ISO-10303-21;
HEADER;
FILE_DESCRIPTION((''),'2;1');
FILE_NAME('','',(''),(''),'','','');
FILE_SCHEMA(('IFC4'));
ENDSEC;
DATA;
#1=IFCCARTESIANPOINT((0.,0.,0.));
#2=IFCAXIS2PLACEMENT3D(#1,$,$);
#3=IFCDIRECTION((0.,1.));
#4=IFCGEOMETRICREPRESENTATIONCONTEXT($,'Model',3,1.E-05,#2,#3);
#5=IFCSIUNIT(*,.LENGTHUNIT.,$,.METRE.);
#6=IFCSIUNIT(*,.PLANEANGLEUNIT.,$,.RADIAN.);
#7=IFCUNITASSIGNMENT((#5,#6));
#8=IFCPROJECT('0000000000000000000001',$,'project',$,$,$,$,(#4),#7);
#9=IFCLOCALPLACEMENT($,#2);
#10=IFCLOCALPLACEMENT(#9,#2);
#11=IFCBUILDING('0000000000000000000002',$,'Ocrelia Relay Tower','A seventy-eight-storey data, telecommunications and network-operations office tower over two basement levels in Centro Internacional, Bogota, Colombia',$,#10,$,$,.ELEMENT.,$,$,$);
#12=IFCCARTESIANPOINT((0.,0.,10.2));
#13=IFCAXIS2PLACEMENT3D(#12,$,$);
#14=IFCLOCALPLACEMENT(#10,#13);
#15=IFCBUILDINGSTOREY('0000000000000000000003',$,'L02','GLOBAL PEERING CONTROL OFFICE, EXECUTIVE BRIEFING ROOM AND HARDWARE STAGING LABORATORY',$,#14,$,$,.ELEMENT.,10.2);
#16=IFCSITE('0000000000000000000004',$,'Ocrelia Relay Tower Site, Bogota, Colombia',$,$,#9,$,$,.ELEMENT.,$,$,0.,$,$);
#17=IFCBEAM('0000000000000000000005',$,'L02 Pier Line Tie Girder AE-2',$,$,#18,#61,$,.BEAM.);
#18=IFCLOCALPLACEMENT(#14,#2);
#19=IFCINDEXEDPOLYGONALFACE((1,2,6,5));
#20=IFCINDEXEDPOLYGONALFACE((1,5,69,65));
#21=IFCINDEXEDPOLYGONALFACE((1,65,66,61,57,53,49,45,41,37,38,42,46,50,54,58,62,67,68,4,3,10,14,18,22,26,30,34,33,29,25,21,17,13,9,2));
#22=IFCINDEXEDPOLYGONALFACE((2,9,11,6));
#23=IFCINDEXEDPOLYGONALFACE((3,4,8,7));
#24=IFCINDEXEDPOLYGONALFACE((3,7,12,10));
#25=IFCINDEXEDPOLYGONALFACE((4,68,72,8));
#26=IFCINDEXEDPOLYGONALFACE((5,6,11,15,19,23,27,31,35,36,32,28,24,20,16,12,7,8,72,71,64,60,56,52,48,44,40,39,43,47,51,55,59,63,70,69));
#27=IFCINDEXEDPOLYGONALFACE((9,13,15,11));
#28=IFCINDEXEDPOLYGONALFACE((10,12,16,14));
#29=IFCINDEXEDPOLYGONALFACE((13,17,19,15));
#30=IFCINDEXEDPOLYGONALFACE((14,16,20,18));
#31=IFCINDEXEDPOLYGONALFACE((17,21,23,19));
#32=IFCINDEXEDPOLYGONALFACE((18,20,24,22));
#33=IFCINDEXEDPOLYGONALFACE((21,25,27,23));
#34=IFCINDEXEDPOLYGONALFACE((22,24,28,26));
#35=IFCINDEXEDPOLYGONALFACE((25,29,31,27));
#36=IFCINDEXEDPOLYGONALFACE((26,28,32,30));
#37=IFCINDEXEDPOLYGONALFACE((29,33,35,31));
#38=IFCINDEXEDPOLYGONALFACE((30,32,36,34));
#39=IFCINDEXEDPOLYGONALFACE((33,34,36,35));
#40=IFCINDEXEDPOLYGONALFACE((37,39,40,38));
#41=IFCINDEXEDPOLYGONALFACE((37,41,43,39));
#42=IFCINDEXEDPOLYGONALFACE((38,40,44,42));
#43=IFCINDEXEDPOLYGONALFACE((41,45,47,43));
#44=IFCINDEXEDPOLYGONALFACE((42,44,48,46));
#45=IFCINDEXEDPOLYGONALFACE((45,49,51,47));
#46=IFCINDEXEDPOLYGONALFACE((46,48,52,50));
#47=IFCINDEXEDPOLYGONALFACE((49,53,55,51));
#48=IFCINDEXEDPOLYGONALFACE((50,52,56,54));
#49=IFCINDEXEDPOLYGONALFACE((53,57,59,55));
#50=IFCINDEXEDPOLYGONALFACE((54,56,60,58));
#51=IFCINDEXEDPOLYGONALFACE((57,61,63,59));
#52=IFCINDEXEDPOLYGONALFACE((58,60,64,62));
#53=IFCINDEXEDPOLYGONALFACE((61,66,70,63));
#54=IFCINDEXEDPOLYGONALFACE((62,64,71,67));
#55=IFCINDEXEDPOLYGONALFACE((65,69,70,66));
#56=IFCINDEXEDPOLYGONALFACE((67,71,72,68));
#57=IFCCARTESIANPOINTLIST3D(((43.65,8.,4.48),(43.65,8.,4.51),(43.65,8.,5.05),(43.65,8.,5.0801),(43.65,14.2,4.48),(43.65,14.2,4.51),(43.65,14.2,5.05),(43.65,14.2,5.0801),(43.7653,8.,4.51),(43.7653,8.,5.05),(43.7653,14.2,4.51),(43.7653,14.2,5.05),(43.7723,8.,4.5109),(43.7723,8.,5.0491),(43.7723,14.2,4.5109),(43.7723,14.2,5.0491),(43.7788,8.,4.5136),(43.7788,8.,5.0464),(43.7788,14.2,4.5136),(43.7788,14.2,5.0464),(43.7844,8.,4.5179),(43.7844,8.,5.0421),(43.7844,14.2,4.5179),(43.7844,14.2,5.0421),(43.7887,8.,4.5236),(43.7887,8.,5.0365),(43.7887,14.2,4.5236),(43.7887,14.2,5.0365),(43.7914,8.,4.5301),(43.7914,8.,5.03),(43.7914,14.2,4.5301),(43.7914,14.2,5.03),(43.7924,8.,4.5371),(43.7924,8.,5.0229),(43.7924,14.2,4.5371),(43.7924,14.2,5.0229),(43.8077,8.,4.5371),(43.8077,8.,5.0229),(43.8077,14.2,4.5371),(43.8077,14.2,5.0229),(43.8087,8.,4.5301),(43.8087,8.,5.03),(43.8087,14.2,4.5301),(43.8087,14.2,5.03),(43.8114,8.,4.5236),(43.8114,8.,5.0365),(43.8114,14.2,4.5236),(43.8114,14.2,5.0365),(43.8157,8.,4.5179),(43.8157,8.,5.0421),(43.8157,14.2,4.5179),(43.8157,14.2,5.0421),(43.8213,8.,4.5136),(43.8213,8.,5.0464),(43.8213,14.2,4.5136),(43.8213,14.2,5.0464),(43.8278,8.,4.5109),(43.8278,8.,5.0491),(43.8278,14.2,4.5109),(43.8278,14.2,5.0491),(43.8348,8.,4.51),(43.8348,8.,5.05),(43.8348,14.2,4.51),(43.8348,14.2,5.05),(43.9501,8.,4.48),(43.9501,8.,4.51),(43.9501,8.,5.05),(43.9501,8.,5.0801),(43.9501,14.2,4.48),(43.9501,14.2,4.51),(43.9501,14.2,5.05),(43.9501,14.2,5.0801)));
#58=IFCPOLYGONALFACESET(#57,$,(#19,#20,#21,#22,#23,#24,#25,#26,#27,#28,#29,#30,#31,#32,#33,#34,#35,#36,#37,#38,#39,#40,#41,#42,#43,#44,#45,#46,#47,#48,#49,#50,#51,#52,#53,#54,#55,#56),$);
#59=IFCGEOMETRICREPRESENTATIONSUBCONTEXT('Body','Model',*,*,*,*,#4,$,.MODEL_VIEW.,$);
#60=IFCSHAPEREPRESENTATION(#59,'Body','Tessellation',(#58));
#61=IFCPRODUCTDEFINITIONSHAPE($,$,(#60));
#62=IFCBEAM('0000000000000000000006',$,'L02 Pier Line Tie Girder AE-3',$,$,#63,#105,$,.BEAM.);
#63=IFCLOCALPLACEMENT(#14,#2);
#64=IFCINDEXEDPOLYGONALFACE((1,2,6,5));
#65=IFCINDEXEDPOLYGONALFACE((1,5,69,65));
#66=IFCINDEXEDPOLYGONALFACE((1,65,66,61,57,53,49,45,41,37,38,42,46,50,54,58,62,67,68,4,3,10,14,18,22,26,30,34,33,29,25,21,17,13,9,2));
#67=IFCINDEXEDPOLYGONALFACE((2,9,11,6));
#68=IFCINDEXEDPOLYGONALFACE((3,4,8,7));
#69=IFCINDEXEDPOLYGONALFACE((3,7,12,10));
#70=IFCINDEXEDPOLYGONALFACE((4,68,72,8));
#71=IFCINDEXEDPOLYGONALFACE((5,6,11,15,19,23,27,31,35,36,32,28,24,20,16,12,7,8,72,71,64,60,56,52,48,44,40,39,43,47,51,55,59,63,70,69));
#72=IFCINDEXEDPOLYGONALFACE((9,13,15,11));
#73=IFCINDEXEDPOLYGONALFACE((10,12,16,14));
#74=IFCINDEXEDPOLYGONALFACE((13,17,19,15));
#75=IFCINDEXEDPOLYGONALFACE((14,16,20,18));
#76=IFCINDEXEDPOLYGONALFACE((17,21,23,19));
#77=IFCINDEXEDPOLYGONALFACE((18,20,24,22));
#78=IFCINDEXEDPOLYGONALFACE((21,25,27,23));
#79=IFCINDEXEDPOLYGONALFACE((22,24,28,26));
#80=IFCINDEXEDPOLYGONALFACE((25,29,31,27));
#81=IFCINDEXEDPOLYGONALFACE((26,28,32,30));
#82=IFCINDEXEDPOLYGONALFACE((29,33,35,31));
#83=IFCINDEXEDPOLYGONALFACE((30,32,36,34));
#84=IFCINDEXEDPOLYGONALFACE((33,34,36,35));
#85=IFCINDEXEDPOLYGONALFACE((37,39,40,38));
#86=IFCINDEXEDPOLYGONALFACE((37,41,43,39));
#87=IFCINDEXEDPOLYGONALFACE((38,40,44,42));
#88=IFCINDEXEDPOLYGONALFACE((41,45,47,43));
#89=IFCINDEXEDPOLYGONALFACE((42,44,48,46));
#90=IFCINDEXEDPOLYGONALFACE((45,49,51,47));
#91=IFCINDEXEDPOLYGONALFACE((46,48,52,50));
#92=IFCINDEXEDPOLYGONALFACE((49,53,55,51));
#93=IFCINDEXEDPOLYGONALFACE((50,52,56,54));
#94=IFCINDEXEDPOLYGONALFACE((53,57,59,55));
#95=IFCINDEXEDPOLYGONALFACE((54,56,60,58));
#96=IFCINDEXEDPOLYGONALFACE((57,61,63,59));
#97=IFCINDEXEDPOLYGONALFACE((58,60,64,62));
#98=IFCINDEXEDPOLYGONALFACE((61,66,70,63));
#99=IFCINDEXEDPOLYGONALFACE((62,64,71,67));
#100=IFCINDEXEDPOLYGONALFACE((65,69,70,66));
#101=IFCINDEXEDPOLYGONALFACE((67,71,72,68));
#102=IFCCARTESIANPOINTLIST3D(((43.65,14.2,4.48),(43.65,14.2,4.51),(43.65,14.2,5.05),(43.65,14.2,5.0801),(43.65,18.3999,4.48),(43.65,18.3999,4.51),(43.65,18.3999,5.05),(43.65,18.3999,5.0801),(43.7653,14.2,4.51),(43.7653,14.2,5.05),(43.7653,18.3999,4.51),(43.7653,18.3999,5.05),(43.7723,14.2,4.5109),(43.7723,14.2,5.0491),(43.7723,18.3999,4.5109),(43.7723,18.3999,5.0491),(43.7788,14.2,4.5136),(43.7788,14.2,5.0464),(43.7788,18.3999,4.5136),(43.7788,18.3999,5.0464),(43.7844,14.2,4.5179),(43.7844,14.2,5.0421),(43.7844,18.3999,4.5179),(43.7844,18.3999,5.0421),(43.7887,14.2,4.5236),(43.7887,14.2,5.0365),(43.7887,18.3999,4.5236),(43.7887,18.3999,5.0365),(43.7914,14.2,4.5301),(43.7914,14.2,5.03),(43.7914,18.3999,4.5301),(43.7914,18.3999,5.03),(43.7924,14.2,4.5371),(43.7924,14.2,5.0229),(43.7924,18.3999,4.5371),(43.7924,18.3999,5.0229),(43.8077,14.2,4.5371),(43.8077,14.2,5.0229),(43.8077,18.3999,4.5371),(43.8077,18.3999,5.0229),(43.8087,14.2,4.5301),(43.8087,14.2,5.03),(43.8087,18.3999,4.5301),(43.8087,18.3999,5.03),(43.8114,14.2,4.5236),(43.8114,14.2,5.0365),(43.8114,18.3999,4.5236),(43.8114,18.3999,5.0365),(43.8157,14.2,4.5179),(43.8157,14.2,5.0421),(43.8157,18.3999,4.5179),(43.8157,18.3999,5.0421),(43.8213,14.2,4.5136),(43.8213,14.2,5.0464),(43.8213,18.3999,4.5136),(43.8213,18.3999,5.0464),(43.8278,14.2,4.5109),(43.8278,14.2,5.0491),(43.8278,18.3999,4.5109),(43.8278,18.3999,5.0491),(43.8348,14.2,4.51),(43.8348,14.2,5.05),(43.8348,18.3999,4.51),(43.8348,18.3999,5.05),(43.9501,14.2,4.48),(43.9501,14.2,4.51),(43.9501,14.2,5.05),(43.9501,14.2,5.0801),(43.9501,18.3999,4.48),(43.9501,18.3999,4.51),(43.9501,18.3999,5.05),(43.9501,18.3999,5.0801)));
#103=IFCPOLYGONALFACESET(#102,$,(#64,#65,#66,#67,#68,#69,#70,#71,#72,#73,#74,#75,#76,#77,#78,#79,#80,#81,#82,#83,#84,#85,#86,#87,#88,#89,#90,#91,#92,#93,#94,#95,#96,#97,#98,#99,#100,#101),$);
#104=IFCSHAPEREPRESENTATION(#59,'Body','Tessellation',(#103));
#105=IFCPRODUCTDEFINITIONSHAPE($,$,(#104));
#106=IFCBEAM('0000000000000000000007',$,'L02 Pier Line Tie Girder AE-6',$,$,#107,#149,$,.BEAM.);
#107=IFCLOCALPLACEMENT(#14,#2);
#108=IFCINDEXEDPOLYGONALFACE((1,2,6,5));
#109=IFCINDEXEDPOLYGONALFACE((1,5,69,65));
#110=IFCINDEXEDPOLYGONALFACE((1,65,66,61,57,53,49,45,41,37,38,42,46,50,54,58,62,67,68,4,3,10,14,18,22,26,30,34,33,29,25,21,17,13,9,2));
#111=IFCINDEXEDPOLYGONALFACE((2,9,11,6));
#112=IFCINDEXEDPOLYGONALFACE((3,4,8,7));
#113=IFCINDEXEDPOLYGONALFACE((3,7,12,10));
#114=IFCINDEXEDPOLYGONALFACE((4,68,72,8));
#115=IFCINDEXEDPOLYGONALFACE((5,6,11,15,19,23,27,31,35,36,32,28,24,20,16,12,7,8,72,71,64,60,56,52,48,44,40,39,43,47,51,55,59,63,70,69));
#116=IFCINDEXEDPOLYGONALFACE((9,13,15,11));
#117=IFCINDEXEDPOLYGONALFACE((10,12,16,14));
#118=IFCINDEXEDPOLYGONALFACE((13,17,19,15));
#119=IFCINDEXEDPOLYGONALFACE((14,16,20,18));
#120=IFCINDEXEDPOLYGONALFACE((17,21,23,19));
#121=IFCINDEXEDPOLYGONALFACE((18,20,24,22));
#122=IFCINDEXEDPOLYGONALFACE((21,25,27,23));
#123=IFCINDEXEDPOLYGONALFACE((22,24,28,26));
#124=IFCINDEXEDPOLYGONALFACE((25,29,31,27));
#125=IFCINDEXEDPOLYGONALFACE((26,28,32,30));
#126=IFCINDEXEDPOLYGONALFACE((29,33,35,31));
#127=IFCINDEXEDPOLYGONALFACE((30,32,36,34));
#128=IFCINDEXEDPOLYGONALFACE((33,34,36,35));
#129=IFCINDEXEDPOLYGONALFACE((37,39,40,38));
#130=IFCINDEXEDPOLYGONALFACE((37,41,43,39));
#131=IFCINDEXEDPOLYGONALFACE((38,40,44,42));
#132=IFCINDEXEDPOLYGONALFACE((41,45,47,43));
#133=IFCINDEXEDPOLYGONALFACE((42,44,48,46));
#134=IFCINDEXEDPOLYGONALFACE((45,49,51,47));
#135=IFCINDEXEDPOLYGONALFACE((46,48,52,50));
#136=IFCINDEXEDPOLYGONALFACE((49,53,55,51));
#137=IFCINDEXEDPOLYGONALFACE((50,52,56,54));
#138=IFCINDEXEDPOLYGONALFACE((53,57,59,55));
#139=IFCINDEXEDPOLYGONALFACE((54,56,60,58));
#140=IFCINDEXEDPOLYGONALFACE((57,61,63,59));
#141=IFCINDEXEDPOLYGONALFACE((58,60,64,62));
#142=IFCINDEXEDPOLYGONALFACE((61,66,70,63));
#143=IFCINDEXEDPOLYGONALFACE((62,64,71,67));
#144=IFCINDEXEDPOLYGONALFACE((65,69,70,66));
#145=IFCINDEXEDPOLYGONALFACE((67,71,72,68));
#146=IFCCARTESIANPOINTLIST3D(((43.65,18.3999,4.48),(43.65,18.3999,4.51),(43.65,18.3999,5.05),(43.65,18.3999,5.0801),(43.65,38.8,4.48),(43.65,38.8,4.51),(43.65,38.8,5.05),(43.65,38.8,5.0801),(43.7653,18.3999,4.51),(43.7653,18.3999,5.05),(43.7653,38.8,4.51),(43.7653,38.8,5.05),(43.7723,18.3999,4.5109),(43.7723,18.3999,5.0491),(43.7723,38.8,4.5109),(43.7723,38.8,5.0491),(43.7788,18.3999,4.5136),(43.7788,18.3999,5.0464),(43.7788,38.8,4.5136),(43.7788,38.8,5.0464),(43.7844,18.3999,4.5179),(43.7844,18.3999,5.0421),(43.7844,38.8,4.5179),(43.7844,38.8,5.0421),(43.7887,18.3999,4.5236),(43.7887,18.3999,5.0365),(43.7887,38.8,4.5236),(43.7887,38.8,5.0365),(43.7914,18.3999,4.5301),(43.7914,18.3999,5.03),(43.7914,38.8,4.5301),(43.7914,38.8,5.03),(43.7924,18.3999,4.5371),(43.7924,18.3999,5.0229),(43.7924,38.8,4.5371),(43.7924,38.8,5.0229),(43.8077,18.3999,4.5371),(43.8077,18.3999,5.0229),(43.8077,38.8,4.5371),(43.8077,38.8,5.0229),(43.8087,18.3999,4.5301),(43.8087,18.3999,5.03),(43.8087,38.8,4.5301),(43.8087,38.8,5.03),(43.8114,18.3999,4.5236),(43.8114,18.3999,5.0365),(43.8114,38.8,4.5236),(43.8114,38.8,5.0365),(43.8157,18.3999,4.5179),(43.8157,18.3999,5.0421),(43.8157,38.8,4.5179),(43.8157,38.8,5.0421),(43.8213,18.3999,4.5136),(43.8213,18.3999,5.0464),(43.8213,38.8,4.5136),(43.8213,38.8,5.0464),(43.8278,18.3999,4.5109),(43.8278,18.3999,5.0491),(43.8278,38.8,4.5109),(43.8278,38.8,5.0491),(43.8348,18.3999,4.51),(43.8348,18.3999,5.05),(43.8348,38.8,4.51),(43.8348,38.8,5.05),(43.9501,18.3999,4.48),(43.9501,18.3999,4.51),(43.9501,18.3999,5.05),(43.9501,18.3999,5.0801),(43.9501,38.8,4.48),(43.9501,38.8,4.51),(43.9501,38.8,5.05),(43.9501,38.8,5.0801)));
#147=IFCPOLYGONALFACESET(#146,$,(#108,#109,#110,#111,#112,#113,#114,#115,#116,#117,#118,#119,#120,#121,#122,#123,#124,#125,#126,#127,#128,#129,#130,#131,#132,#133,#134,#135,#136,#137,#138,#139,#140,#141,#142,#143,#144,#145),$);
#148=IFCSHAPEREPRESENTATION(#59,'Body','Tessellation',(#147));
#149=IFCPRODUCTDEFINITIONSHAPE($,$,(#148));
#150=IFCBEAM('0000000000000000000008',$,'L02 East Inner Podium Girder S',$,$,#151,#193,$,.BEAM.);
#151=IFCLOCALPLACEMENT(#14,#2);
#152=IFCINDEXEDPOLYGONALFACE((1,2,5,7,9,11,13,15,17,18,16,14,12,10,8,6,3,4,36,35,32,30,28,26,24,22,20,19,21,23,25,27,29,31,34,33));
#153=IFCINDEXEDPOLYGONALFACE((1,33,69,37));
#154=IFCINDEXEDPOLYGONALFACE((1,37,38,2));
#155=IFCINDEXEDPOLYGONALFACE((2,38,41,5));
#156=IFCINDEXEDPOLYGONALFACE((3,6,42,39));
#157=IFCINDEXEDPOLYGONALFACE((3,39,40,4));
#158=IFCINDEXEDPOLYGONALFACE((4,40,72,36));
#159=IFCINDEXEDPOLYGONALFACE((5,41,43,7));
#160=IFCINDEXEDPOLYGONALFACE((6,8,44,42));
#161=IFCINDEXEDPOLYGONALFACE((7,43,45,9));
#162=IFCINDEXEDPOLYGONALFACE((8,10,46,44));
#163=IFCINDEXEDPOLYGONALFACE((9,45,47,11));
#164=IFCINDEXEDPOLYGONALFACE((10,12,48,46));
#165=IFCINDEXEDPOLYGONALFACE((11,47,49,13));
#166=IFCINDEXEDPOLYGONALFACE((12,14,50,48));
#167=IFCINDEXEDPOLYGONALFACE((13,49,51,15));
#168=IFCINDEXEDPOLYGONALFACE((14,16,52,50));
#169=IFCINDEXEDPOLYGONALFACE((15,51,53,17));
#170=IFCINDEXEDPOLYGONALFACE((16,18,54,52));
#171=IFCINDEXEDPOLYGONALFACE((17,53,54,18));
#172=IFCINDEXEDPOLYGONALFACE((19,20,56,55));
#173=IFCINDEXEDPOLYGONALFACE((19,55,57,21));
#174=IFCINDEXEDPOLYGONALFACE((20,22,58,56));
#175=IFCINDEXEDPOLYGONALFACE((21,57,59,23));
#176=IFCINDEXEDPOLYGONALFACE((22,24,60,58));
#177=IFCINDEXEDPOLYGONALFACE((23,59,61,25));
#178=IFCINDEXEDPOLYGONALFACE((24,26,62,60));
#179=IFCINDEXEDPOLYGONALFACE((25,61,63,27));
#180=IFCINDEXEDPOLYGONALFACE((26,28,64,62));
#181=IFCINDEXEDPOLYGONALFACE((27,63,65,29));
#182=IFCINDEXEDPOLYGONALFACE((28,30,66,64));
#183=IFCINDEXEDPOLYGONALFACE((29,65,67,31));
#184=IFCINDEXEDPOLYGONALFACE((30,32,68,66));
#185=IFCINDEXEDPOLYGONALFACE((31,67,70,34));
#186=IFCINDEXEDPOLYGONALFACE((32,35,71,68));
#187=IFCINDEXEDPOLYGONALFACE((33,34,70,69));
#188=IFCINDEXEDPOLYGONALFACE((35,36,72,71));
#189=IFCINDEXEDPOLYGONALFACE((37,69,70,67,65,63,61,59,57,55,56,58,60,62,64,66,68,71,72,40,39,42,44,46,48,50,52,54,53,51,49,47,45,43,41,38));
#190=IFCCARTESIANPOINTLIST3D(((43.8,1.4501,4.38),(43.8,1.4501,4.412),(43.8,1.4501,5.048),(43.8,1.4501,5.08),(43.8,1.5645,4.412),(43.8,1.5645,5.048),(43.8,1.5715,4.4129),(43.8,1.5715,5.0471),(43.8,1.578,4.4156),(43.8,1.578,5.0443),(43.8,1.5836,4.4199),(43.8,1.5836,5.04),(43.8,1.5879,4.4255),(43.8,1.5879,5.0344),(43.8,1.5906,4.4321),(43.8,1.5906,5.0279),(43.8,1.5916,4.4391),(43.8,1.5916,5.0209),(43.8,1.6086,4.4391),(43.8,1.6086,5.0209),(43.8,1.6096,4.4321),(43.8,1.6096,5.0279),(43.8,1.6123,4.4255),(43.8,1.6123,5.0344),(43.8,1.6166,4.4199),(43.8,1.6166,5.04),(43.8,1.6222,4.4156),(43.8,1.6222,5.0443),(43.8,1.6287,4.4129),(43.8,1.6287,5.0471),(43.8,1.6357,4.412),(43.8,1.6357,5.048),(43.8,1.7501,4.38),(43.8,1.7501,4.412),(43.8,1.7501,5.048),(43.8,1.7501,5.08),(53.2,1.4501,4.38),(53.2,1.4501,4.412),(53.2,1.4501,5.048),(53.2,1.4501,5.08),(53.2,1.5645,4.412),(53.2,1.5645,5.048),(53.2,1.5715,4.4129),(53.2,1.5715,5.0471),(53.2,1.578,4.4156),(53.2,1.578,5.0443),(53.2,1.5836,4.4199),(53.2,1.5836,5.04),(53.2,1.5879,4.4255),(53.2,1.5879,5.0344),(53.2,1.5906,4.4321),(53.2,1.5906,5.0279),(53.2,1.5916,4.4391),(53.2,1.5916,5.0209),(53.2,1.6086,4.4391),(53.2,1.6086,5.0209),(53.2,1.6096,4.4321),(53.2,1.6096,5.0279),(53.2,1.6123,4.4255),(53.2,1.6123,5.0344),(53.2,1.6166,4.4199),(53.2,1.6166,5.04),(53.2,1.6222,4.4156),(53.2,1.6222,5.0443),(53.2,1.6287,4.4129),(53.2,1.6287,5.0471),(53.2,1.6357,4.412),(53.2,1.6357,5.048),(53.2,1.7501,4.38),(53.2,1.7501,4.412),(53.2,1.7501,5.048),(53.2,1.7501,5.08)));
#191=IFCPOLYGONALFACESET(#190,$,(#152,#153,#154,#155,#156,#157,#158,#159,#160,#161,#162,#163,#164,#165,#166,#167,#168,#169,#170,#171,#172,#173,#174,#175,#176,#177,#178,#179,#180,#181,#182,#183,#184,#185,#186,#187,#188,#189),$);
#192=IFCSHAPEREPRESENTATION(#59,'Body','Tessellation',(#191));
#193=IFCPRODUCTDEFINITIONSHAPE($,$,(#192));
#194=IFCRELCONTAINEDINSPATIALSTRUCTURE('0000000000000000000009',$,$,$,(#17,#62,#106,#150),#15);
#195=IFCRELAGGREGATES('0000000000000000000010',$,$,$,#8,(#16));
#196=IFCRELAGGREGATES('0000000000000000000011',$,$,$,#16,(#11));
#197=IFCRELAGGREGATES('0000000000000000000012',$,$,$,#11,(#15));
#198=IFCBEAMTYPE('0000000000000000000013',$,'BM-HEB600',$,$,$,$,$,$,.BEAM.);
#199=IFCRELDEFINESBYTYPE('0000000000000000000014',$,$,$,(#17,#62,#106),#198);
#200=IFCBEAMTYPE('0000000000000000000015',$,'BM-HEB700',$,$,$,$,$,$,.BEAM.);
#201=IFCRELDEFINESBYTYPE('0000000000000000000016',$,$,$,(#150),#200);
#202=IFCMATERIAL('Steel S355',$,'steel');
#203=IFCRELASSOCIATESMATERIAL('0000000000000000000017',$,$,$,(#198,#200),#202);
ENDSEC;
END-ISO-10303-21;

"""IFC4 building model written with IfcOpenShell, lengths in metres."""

from ifc_helpers import new_model, si_unit, direction, frame, origin, origin_2d, place, context, subcontext, project, spatial, i_section, extrude, material, material_profile, profile_set, type_object, element, save


model = new_model("IFC4")

# Units and contexts
model_context = context("Model", 3, precision=1e-05, world=origin(), true_north=direction((0.0, 1.0)))
body_context = subcontext(model_context, "Body", "Model", "MODEL_VIEW")
ifc_project = project(units=[si_unit("LENGTHUNIT", "METRE"), si_unit("PLANEANGLEUNIT", "RADIAN")], contexts=[model_context])

# Site, building, storey
site_placement = place(None, origin())
site = spatial("IfcSite", under=ifc_project, at=site_placement, Name="Ocrelia Relay Tower Site, Bogota, Colombia", CompositionType="ELEMENT", RefElevation=0.0)
building_placement = place(site_placement, origin())
building = spatial("IfcBuilding", under=site, at=building_placement, Name="Ocrelia Relay Tower", Description="A seventy-eight-storey data, telecommunications and network-operations office tower over two basement levels in Centro Internacional, Bogota, Colombia", CompositionType="ELEMENT")
storey_placement = place(building_placement, frame((0.0, 0.0, 10.2)))
storey = spatial("IfcBuildingStorey", under=building, at=storey_placement, Name="L02", Description="GLOBAL PEERING CONTROL OFFICE, EXECUTIVE BRIEFING ROOM AND HARDWARE STAGING LABORATORY", CompositionType="ELEMENT", Elevation=10.2)

# Beams
ifc_material_1 = material(Name="Steel S355", Category="steel")
ifc_material_profile_1 = material_profile(ifc_material_1, i_section(OverallWidth=0.3, OverallDepth=0.6001, WebThickness=0.0154, FlangeThickness=0.03, FilletRadius=0.0271, at=origin_2d()), Name="HEB 600")
ifc_profile_set_1 = profile_set([ifc_material_profile_1], Name="Steel S355")
beam_type_1 = type_object("IfcBeamType", Name="BM-HEB600", PredefinedType="BEAM", material=ifc_profile_set_1)
beam_1_placement = place(storey_placement, frame((43.8, 8.0, 4.78), z_axis=(0.0, 1.0, 0.0), x_axis=(-1.0, 0.0, 0.0)))
element("IfcBeam", 1, at=beam_1_placement, inside=storey, type_object=beam_type_1, Name="L02 Pier Line Tie Girder AE-2", PredefinedType="BEAM", context=body_context, shape_type="SweptSolid", body=[
    extrude(i_section(OverallWidth=0.3, OverallDepth=0.6001, WebThickness=0.0154, FlangeThickness=0.03, FilletRadius=0.0271, at=origin_2d()), origin(), (0.0, 0.0, 1.0), 6.2),
])
beam_2_placement = place(storey_placement, frame((43.8, 14.2, 4.78), z_axis=(0.0, 1.0, 0.0), x_axis=(-1.0, 0.0, 0.0)))
element("IfcBeam", 2, at=beam_2_placement, inside=storey, type_object=beam_type_1, Name="L02 Pier Line Tie Girder AE-3", PredefinedType="BEAM", context=body_context, shape_type="SweptSolid", body=[
    extrude(i_section(OverallWidth=0.3, OverallDepth=0.6001, WebThickness=0.0154, FlangeThickness=0.03, FilletRadius=0.0271, at=origin_2d()), origin(), (0.0, 0.0, 1.0), 4.2),
])
beam_3_placement = place(storey_placement, frame((43.8, 18.3999, 4.78), z_axis=(0.0, 1.0, 0.0), x_axis=(-1.0, 0.0, 0.0)))
element("IfcBeam", 3, at=beam_3_placement, inside=storey, type_object=beam_type_1, Name="L02 Pier Line Tie Girder AE-6", PredefinedType="BEAM", context=body_context, shape_type="SweptSolid", body=[
    extrude(i_section(OverallWidth=0.3, OverallDepth=0.6001, WebThickness=0.0154, FlangeThickness=0.03, FilletRadius=0.0271, at=origin_2d()), origin(), (0.0, 0.0, 1.0), 20.4001),
])
ifc_material_profile_2 = material_profile(ifc_material_1, i_section(OverallWidth=0.3, OverallDepth=0.7, WebThickness=0.0171, FlangeThickness=0.032, FilletRadius=0.0271, at=origin_2d()), Name="HEB 700")
ifc_profile_set_2 = profile_set([ifc_material_profile_2], Name="Steel S355")
beam_type_2 = type_object("IfcBeamType", Name="BM-HEB700", PredefinedType="BEAM", material=ifc_profile_set_2)
for number, where, z_axis, x_axis, name in (
    (4, (43.8, 1.6001, 4.73), (1.0, 0.0, 0.0), (0.0, 1.0, 0.0), "L02 East Inner Podium Girder S"),
):
    element("IfcBeam", number, at=place(storey_placement, frame(where, z_axis=z_axis, x_axis=x_axis)), inside=storey, type_object=beam_type_2, Name=name, PredefinedType="BEAM", context=body_context, shape_type="SweptSolid", body=[
        extrude(i_section(OverallWidth=0.3, OverallDepth=0.7, WebThickness=0.0171, FlangeThickness=0.032, FilletRadius=0.0271, at=origin_2d()), origin(), (0.0, 0.0, 1.0), 9.3999),
    ])

save(model, "model.ifc")
